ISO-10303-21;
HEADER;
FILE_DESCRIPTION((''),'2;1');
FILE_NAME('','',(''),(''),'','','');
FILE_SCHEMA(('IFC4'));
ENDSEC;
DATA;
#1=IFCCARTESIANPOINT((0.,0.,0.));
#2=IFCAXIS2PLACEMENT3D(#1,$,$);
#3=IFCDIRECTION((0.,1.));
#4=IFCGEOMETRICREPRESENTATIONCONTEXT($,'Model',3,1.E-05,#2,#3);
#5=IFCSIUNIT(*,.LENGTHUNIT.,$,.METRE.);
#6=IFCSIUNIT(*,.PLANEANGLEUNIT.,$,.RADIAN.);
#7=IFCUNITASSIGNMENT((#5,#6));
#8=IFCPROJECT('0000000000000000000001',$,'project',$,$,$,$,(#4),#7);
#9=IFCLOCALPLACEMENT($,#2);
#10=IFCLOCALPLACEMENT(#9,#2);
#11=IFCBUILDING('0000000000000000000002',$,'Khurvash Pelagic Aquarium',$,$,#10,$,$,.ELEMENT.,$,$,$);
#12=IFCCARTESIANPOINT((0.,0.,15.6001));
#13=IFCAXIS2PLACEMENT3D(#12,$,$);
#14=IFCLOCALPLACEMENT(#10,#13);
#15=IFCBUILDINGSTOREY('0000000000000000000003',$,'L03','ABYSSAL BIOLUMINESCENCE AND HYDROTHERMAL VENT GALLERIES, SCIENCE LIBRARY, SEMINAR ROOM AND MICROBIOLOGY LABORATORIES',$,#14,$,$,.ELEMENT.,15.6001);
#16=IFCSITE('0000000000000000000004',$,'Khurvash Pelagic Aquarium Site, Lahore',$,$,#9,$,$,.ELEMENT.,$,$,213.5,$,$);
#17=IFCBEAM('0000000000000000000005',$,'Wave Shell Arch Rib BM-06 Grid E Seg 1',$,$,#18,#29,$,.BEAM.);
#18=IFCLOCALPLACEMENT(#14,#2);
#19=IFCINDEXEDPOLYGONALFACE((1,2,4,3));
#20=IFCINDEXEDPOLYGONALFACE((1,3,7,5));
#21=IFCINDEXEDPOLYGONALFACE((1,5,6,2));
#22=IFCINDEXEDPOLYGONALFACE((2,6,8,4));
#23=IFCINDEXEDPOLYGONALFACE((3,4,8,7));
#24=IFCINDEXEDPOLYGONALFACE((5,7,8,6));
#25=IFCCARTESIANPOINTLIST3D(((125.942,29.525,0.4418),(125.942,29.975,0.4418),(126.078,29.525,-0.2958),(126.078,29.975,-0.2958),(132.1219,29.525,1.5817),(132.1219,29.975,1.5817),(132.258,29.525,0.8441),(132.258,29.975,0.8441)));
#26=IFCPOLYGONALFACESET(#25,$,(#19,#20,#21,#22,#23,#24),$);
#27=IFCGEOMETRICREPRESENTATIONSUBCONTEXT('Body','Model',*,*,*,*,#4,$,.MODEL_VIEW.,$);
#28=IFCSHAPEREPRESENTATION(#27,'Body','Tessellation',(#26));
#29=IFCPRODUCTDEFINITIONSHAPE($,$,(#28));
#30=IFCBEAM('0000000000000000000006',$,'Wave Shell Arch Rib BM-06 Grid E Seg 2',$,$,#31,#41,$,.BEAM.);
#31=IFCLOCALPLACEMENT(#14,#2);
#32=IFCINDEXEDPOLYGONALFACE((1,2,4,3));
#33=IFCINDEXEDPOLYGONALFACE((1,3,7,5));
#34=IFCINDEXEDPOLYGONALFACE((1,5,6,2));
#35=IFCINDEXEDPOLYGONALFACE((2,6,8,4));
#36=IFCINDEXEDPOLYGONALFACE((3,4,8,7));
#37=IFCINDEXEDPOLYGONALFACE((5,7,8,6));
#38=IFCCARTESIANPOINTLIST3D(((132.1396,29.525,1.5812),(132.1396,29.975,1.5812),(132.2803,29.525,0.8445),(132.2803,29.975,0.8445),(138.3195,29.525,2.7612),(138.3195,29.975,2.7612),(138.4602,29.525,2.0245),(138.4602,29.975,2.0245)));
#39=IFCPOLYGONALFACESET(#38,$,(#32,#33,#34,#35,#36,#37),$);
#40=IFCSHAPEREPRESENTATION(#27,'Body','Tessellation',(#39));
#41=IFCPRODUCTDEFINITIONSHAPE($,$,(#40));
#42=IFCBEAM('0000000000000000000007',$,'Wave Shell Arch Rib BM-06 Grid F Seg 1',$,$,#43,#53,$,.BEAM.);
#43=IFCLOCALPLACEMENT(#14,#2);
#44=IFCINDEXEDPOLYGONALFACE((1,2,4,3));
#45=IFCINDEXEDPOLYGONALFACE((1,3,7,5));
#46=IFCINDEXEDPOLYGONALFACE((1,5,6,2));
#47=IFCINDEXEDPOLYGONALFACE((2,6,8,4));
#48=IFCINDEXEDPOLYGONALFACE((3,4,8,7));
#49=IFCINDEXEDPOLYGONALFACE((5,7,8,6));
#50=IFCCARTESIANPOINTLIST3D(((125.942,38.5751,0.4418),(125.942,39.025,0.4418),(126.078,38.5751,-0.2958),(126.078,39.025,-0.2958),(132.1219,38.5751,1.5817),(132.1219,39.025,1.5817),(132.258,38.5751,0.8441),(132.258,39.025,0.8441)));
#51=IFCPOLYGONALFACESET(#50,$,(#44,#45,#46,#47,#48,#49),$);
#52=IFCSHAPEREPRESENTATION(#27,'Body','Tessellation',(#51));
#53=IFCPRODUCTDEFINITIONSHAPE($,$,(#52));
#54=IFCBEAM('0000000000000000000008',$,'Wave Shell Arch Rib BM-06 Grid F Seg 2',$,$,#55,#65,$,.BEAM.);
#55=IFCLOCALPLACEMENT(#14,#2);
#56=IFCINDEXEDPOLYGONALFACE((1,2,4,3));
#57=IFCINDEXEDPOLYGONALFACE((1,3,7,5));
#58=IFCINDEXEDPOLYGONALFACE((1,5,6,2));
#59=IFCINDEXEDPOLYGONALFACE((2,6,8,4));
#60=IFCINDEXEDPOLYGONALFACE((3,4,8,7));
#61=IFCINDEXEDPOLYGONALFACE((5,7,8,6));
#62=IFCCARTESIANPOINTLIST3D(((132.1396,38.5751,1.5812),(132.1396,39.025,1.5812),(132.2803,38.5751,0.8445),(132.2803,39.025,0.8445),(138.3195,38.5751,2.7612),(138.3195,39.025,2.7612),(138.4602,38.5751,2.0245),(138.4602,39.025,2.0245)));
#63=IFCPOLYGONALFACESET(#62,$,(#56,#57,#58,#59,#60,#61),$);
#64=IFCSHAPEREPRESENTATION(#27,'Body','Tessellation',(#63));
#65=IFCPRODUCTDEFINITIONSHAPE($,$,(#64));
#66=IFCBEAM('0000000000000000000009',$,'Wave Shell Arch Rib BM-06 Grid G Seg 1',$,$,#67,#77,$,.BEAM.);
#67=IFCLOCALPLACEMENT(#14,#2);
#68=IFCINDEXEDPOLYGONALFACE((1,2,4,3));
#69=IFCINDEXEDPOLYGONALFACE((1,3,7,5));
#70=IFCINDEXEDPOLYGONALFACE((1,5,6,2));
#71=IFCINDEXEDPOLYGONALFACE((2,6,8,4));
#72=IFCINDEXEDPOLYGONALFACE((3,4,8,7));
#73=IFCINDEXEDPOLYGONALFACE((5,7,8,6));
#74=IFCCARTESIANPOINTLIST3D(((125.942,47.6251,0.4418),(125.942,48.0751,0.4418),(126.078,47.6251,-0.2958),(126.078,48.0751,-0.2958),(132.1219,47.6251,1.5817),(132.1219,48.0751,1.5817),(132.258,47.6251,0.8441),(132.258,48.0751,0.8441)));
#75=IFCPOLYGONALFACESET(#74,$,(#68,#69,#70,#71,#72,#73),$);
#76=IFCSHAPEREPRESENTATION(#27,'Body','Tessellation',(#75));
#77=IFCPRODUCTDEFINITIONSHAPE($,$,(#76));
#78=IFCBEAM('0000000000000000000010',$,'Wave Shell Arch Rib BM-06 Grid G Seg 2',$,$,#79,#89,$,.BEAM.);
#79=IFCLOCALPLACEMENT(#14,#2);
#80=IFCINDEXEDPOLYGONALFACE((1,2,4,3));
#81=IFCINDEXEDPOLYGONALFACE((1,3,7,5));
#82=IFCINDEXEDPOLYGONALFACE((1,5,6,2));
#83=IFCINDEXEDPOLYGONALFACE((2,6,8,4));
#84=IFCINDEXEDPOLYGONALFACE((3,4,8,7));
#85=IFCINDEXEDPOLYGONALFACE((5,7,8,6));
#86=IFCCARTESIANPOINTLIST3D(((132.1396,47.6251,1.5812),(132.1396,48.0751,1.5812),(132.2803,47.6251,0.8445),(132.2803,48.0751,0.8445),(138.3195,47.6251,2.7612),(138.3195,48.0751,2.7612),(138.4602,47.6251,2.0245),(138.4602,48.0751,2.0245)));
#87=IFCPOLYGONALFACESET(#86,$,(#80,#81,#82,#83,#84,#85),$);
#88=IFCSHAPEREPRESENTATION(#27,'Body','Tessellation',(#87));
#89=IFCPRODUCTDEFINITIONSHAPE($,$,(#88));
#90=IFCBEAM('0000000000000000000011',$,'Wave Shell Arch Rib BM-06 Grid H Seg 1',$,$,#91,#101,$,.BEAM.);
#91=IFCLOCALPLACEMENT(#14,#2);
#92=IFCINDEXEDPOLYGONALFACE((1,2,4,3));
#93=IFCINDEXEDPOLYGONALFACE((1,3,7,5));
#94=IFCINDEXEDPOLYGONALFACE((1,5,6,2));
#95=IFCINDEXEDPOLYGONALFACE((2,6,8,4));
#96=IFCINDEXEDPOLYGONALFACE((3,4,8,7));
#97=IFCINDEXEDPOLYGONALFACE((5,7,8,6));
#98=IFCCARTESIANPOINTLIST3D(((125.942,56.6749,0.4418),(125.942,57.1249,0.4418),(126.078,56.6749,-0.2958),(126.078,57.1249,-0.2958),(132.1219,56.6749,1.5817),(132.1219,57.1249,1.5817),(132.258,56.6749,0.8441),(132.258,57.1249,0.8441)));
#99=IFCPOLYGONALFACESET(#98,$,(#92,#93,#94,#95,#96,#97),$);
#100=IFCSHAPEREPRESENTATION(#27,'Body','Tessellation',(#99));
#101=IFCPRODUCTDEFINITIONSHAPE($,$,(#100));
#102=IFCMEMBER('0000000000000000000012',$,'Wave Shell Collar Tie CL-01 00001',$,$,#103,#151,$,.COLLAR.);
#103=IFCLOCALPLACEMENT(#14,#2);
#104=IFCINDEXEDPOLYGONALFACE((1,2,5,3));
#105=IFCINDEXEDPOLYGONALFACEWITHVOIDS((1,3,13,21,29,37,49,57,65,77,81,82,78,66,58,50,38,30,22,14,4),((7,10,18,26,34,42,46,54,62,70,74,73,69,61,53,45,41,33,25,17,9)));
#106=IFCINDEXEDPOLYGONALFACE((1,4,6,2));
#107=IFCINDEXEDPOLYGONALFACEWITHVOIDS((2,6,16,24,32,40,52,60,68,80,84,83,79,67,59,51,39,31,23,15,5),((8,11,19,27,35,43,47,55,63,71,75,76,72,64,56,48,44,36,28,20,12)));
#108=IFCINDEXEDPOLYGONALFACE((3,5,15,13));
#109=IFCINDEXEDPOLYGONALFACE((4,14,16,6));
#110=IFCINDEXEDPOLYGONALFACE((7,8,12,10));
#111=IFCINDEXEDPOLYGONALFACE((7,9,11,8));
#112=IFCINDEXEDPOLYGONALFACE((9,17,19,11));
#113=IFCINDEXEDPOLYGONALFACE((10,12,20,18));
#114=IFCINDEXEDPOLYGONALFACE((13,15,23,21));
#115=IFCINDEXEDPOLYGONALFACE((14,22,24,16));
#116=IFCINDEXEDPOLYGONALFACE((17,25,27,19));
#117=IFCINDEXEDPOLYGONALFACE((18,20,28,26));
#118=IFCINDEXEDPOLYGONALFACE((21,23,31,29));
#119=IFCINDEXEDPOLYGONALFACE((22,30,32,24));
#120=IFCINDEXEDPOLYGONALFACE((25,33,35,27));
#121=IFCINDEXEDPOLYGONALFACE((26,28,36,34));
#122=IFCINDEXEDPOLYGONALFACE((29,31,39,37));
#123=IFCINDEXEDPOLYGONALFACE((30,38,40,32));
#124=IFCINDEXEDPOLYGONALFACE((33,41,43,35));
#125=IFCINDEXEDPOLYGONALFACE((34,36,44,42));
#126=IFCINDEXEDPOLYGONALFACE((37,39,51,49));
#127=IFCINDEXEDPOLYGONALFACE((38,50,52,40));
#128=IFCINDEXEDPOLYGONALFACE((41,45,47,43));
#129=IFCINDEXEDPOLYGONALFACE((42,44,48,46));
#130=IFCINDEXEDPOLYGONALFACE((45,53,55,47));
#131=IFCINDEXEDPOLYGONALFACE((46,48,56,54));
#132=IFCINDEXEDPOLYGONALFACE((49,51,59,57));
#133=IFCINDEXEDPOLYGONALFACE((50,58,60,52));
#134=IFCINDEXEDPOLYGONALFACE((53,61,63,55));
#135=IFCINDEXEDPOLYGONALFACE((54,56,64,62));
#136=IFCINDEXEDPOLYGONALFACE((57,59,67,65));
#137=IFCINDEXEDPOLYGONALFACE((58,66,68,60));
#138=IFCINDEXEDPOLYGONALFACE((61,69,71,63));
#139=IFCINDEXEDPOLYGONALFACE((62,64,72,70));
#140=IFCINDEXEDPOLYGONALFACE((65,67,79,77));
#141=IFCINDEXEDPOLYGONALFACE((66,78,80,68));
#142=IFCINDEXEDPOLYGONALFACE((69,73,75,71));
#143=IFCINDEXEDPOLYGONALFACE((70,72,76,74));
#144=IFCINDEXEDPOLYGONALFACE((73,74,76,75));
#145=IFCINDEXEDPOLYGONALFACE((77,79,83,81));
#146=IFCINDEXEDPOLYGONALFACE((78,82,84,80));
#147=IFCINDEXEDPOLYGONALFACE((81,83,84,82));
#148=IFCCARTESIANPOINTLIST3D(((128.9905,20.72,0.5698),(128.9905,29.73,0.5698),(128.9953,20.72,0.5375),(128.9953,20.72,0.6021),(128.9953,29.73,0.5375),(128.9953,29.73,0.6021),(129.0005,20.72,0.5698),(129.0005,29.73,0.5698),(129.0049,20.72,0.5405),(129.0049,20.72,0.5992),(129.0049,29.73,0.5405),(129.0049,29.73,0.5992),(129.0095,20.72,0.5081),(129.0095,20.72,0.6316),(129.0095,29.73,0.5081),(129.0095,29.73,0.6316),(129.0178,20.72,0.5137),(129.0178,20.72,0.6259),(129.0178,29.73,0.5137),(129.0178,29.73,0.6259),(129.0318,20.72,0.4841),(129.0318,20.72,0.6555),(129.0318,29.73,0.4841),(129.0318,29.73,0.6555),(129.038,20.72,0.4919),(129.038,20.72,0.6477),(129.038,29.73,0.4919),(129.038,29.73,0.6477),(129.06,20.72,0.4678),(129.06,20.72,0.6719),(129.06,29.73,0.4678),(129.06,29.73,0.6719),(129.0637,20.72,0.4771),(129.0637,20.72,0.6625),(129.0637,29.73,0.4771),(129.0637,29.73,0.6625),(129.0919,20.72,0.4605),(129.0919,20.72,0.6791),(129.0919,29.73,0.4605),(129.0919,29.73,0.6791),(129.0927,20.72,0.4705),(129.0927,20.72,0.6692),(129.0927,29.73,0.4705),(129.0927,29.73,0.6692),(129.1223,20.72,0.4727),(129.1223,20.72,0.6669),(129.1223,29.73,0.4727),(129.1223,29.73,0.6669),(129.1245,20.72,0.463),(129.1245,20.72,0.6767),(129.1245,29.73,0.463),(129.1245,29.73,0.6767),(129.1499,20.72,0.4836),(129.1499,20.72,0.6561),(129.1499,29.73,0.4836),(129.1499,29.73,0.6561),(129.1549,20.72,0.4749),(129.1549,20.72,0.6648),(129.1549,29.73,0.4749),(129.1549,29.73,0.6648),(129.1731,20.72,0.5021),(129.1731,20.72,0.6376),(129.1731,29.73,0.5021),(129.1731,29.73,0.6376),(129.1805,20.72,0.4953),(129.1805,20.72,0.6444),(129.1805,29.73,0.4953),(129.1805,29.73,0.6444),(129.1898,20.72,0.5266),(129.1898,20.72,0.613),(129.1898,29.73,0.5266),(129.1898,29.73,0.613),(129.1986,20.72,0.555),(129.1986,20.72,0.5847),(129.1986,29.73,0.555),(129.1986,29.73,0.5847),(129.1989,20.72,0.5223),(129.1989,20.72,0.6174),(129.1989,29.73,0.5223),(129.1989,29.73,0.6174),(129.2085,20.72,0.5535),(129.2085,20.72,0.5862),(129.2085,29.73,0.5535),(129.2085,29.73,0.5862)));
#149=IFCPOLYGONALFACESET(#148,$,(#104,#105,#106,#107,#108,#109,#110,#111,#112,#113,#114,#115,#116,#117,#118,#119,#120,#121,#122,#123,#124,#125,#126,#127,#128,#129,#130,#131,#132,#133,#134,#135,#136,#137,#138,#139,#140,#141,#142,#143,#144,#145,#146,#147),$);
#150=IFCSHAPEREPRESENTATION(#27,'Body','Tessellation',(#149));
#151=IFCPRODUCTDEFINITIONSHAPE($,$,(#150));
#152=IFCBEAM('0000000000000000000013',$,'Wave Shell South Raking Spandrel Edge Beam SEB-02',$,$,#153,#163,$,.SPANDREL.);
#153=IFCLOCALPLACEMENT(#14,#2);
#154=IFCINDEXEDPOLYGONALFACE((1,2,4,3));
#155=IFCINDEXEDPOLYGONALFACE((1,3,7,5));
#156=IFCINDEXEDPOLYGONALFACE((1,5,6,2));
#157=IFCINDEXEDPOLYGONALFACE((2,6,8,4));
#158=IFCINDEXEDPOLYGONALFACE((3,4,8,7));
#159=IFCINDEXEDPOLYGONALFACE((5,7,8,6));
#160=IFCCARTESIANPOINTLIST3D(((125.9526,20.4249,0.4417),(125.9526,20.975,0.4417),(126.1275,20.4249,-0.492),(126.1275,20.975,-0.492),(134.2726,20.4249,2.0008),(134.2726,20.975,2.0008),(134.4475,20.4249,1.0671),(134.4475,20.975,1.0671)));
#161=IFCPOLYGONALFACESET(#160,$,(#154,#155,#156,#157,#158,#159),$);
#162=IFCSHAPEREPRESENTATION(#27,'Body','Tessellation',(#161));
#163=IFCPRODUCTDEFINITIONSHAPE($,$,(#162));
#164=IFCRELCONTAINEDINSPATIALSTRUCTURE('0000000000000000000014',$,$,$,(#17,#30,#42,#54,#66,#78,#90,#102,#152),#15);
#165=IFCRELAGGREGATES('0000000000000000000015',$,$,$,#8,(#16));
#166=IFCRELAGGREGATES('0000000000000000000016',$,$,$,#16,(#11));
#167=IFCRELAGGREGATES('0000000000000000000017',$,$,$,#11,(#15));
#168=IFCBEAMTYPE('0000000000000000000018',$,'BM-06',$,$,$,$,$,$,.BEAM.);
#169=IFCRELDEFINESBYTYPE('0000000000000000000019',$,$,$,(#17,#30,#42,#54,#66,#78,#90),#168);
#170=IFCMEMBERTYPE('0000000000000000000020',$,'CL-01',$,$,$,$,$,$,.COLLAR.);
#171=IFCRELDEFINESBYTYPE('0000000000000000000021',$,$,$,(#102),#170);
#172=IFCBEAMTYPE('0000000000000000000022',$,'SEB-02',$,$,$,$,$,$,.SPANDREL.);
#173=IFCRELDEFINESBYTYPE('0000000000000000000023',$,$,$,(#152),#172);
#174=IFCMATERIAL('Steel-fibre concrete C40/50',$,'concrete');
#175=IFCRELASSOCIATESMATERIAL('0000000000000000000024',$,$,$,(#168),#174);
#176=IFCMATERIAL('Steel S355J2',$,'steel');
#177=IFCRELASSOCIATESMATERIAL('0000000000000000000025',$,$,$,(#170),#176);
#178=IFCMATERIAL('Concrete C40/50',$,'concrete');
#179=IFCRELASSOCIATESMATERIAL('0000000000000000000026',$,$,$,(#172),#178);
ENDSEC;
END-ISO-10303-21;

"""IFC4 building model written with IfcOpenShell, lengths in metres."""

from ifc_helpers import new_model, si_unit, direction, frame, origin, origin_2d, place, context, subcontext, project, spatial, rectangle, hollow_circle, extrude, material, material_profile, profile_set, type_object, element, save


model = new_model("IFC4")

# Units and contexts
model_context = context("Model", 3, precision=1e-05, world=origin(), true_north=direction((0.0, 1.0)))
body_context = subcontext(model_context, "Body", "Model", "MODEL_VIEW")
ifc_project = project(units=[si_unit("LENGTHUNIT", "METRE"), si_unit("PLANEANGLEUNIT", "RADIAN")], contexts=[model_context])

# Site, building, storey
site_placement = place(None, origin())
site = spatial("IfcSite", under=ifc_project, at=site_placement, Name="Khurvash Pelagic Aquarium Site, Lahore", CompositionType="ELEMENT", RefElevation=213.5)
building_placement = place(site_placement, origin())
building = spatial("IfcBuilding", under=site, at=building_placement, Name="Khurvash Pelagic Aquarium", CompositionType="ELEMENT")
storey_placement = place(building_placement, frame((0.0, 0.0, 15.6001)))
storey = spatial("IfcBuildingStorey", under=building, at=storey_placement, Name="L03", Description="ABYSSAL BIOLUMINESCENCE AND HYDROTHERMAL VENT GALLERIES, SCIENCE LIBRARY, SEMINAR ROOM AND MICROBIOLOGY LABORATORIES", CompositionType="ELEMENT", Elevation=15.6001)

# Beams
ifc_material_1 = material(Name="Steel-fibre concrete C40/50", Category="concrete")
ifc_material_profile_1 = material_profile(ifc_material_1, rectangle(XDim=0.45, YDim=0.75, at=origin_2d()), Name="RC450X750")
ifc_profile_set_1 = profile_set([ifc_material_profile_1], Name="Steel-fibre concrete C40/50")
beam_type_1 = type_object("IfcBeamType", Name="BM-06", PredefinedType="BEAM", material=ifc_profile_set_1)
beam_1_placement = place(storey_placement, frame((126.01, 29.75, 0.073), z_axis=(0.983411, 0.0, 0.181391), x_axis=(0.0, 1.0, 0.0)))
element("IfcBeam", 1, at=beam_1_placement, inside=storey, type_object=beam_type_1, Name="Wave Shell Arch Rib BM-06 Grid E Seg 1", PredefinedType="BEAM", context=body_context, shape_type="SweptSolid", body=[
    extrude(rectangle(XDim=0.45, YDim=0.75, at=origin_2d()), origin(), (0.0, 0.0, 1.0), 6.2842),
])
beam_2_placement = place(storey_placement, frame((132.21, 29.75, 1.2129), z_axis=(0.982257, 0.0, 0.187542), x_axis=(0.0, 1.0, 0.0)))
element("IfcBeam", 2, at=beam_2_placement, inside=storey, type_object=beam_type_1, Name="Wave Shell Arch Rib BM-06 Grid E Seg 2", PredefinedType="BEAM", context=body_context, shape_type="SweptSolid", body=[
    extrude(rectangle(XDim=0.45, YDim=0.75, at=origin_2d()), origin(), (0.0, 0.0, 1.0), 6.2915),
])
beam_3_placement = place(storey_placement, frame((126.01, 38.8, 0.073), z_axis=(0.983411, 0.0, 0.181391), x_axis=(0.0, 1.0, 0.0)))
element("IfcBeam", 3, at=beam_3_placement, inside=storey, type_object=beam_type_1, Name="Wave Shell Arch Rib BM-06 Grid F Seg 1", PredefinedType="BEAM", context=body_context, shape_type="SweptSolid", body=[
    extrude(rectangle(XDim=0.45, YDim=0.75, at=origin_2d()), origin(), (0.0, 0.0, 1.0), 6.2842),
])
beam_4_placement = place(storey_placement, frame((132.21, 38.8, 1.2129), z_axis=(0.982257, 0.0, 0.187542), x_axis=(0.0, 1.0, 0.0)))
element("IfcBeam", 4, at=beam_4_placement, inside=storey, type_object=beam_type_1, Name="Wave Shell Arch Rib BM-06 Grid F Seg 2", PredefinedType="BEAM", context=body_context, shape_type="SweptSolid", body=[
    extrude(rectangle(XDim=0.45, YDim=0.75, at=origin_2d()), origin(), (0.0, 0.0, 1.0), 6.2915),
])
beam_5_placement = place(storey_placement, frame((126.01, 47.8501, 0.073), z_axis=(0.983411, 0.0, 0.181391), x_axis=(0.0, 1.0, 0.0)))
element("IfcBeam", 5, at=beam_5_placement, inside=storey, type_object=beam_type_1, Name="Wave Shell Arch Rib BM-06 Grid G Seg 1", PredefinedType="BEAM", context=body_context, shape_type="SweptSolid", body=[
    extrude(rectangle(XDim=0.45, YDim=0.75, at=origin_2d()), origin(), (0.0, 0.0, 1.0), 6.2842),
])
beam_6_placement = place(storey_placement, frame((132.21, 47.8501, 1.2129), z_axis=(0.982257, 0.0, 0.187542), x_axis=(0.0, 1.0, 0.0)))
element("IfcBeam", 6, at=beam_6_placement, inside=storey, type_object=beam_type_1, Name="Wave Shell Arch Rib BM-06 Grid G Seg 2", PredefinedType="BEAM", context=body_context, shape_type="SweptSolid", body=[
    extrude(rectangle(XDim=0.45, YDim=0.75, at=origin_2d()), origin(), (0.0, 0.0, 1.0), 6.2915),
])
beam_7_placement = place(storey_placement, frame((126.01, 56.8999, 0.073), z_axis=(0.983411, 0.0, 0.181391), x_axis=(0.0, 1.0, 0.0)))
element("IfcBeam", 7, at=beam_7_placement, inside=storey, type_object=beam_type_1, Name="Wave Shell Arch Rib BM-06 Grid H Seg 1", PredefinedType="BEAM", context=body_context, shape_type="SweptSolid", body=[
    extrude(rectangle(XDim=0.45, YDim=0.75, at=origin_2d()), origin(), (0.0, 0.0, 1.0), 6.2842),
])

# Member
ifc_material_2 = material(Name="Steel S355J2", Category="steel")
ifc_material_profile_2 = material_profile(ifc_material_2, hollow_circle(Radius=0.1096, WallThickness=0.01, at=origin_2d()), Name="CHS219X10")
ifc_profile_set_2 = profile_set([ifc_material_profile_2], Name="Steel S355J2")
member_type_1 = type_object("IfcMemberType", Name="CL-01", PredefinedType="COLLAR", material=ifc_profile_set_2)
member_1_placement = place(storey_placement, frame((129.1001, 20.72, 0.5698), z_axis=(0.0, 1.0, 0.0), x_axis=(-1.0, 0.0, 0.0)))
element("IfcMember", 8, at=member_1_placement, inside=storey, type_object=member_type_1, Name="Wave Shell Collar Tie CL-01 00001", PredefinedType="COLLAR", context=body_context, shape_type="SweptSolid", body=[
    extrude(hollow_circle(Radius=0.1096, WallThickness=0.01, at=origin_2d()), origin(), (0.0, 0.0, 1.0), 9.01),
])

# Beam
ifc_material_3 = material(Name="Concrete C40/50", Category="concrete")
ifc_material_profile_3 = material_profile(ifc_material_3, rectangle(XDim=0.55, YDim=0.95, at=origin_2d()), Name="RC550X950")
ifc_profile_set_3 = profile_set([ifc_material_profile_3], Name="Concrete C40/50")
beam_type_2 = type_object("IfcBeamType", Name="SEB-02", PredefinedType="SPANDREL", material=ifc_profile_set_3)
beam_8_placement = place(storey_placement, frame((126.04, 20.7, -0.0251), z_axis=(0.982892, 0.0, 0.184182), x_axis=(0.0, 1.0, 0.0)))
element("IfcBeam", 9, at=beam_8_placement, inside=storey, type_object=beam_type_2, Name="Wave Shell South Raking Spandrel Edge Beam SEB-02", PredefinedType="SPANDREL", context=body_context, shape_type="SweptSolid", body=[
    extrude(rectangle(XDim=0.55, YDim=0.95, at=origin_2d()), origin(), (0.0, 0.0, 1.0), 8.4648),
])

save(model, "model.ifc")
